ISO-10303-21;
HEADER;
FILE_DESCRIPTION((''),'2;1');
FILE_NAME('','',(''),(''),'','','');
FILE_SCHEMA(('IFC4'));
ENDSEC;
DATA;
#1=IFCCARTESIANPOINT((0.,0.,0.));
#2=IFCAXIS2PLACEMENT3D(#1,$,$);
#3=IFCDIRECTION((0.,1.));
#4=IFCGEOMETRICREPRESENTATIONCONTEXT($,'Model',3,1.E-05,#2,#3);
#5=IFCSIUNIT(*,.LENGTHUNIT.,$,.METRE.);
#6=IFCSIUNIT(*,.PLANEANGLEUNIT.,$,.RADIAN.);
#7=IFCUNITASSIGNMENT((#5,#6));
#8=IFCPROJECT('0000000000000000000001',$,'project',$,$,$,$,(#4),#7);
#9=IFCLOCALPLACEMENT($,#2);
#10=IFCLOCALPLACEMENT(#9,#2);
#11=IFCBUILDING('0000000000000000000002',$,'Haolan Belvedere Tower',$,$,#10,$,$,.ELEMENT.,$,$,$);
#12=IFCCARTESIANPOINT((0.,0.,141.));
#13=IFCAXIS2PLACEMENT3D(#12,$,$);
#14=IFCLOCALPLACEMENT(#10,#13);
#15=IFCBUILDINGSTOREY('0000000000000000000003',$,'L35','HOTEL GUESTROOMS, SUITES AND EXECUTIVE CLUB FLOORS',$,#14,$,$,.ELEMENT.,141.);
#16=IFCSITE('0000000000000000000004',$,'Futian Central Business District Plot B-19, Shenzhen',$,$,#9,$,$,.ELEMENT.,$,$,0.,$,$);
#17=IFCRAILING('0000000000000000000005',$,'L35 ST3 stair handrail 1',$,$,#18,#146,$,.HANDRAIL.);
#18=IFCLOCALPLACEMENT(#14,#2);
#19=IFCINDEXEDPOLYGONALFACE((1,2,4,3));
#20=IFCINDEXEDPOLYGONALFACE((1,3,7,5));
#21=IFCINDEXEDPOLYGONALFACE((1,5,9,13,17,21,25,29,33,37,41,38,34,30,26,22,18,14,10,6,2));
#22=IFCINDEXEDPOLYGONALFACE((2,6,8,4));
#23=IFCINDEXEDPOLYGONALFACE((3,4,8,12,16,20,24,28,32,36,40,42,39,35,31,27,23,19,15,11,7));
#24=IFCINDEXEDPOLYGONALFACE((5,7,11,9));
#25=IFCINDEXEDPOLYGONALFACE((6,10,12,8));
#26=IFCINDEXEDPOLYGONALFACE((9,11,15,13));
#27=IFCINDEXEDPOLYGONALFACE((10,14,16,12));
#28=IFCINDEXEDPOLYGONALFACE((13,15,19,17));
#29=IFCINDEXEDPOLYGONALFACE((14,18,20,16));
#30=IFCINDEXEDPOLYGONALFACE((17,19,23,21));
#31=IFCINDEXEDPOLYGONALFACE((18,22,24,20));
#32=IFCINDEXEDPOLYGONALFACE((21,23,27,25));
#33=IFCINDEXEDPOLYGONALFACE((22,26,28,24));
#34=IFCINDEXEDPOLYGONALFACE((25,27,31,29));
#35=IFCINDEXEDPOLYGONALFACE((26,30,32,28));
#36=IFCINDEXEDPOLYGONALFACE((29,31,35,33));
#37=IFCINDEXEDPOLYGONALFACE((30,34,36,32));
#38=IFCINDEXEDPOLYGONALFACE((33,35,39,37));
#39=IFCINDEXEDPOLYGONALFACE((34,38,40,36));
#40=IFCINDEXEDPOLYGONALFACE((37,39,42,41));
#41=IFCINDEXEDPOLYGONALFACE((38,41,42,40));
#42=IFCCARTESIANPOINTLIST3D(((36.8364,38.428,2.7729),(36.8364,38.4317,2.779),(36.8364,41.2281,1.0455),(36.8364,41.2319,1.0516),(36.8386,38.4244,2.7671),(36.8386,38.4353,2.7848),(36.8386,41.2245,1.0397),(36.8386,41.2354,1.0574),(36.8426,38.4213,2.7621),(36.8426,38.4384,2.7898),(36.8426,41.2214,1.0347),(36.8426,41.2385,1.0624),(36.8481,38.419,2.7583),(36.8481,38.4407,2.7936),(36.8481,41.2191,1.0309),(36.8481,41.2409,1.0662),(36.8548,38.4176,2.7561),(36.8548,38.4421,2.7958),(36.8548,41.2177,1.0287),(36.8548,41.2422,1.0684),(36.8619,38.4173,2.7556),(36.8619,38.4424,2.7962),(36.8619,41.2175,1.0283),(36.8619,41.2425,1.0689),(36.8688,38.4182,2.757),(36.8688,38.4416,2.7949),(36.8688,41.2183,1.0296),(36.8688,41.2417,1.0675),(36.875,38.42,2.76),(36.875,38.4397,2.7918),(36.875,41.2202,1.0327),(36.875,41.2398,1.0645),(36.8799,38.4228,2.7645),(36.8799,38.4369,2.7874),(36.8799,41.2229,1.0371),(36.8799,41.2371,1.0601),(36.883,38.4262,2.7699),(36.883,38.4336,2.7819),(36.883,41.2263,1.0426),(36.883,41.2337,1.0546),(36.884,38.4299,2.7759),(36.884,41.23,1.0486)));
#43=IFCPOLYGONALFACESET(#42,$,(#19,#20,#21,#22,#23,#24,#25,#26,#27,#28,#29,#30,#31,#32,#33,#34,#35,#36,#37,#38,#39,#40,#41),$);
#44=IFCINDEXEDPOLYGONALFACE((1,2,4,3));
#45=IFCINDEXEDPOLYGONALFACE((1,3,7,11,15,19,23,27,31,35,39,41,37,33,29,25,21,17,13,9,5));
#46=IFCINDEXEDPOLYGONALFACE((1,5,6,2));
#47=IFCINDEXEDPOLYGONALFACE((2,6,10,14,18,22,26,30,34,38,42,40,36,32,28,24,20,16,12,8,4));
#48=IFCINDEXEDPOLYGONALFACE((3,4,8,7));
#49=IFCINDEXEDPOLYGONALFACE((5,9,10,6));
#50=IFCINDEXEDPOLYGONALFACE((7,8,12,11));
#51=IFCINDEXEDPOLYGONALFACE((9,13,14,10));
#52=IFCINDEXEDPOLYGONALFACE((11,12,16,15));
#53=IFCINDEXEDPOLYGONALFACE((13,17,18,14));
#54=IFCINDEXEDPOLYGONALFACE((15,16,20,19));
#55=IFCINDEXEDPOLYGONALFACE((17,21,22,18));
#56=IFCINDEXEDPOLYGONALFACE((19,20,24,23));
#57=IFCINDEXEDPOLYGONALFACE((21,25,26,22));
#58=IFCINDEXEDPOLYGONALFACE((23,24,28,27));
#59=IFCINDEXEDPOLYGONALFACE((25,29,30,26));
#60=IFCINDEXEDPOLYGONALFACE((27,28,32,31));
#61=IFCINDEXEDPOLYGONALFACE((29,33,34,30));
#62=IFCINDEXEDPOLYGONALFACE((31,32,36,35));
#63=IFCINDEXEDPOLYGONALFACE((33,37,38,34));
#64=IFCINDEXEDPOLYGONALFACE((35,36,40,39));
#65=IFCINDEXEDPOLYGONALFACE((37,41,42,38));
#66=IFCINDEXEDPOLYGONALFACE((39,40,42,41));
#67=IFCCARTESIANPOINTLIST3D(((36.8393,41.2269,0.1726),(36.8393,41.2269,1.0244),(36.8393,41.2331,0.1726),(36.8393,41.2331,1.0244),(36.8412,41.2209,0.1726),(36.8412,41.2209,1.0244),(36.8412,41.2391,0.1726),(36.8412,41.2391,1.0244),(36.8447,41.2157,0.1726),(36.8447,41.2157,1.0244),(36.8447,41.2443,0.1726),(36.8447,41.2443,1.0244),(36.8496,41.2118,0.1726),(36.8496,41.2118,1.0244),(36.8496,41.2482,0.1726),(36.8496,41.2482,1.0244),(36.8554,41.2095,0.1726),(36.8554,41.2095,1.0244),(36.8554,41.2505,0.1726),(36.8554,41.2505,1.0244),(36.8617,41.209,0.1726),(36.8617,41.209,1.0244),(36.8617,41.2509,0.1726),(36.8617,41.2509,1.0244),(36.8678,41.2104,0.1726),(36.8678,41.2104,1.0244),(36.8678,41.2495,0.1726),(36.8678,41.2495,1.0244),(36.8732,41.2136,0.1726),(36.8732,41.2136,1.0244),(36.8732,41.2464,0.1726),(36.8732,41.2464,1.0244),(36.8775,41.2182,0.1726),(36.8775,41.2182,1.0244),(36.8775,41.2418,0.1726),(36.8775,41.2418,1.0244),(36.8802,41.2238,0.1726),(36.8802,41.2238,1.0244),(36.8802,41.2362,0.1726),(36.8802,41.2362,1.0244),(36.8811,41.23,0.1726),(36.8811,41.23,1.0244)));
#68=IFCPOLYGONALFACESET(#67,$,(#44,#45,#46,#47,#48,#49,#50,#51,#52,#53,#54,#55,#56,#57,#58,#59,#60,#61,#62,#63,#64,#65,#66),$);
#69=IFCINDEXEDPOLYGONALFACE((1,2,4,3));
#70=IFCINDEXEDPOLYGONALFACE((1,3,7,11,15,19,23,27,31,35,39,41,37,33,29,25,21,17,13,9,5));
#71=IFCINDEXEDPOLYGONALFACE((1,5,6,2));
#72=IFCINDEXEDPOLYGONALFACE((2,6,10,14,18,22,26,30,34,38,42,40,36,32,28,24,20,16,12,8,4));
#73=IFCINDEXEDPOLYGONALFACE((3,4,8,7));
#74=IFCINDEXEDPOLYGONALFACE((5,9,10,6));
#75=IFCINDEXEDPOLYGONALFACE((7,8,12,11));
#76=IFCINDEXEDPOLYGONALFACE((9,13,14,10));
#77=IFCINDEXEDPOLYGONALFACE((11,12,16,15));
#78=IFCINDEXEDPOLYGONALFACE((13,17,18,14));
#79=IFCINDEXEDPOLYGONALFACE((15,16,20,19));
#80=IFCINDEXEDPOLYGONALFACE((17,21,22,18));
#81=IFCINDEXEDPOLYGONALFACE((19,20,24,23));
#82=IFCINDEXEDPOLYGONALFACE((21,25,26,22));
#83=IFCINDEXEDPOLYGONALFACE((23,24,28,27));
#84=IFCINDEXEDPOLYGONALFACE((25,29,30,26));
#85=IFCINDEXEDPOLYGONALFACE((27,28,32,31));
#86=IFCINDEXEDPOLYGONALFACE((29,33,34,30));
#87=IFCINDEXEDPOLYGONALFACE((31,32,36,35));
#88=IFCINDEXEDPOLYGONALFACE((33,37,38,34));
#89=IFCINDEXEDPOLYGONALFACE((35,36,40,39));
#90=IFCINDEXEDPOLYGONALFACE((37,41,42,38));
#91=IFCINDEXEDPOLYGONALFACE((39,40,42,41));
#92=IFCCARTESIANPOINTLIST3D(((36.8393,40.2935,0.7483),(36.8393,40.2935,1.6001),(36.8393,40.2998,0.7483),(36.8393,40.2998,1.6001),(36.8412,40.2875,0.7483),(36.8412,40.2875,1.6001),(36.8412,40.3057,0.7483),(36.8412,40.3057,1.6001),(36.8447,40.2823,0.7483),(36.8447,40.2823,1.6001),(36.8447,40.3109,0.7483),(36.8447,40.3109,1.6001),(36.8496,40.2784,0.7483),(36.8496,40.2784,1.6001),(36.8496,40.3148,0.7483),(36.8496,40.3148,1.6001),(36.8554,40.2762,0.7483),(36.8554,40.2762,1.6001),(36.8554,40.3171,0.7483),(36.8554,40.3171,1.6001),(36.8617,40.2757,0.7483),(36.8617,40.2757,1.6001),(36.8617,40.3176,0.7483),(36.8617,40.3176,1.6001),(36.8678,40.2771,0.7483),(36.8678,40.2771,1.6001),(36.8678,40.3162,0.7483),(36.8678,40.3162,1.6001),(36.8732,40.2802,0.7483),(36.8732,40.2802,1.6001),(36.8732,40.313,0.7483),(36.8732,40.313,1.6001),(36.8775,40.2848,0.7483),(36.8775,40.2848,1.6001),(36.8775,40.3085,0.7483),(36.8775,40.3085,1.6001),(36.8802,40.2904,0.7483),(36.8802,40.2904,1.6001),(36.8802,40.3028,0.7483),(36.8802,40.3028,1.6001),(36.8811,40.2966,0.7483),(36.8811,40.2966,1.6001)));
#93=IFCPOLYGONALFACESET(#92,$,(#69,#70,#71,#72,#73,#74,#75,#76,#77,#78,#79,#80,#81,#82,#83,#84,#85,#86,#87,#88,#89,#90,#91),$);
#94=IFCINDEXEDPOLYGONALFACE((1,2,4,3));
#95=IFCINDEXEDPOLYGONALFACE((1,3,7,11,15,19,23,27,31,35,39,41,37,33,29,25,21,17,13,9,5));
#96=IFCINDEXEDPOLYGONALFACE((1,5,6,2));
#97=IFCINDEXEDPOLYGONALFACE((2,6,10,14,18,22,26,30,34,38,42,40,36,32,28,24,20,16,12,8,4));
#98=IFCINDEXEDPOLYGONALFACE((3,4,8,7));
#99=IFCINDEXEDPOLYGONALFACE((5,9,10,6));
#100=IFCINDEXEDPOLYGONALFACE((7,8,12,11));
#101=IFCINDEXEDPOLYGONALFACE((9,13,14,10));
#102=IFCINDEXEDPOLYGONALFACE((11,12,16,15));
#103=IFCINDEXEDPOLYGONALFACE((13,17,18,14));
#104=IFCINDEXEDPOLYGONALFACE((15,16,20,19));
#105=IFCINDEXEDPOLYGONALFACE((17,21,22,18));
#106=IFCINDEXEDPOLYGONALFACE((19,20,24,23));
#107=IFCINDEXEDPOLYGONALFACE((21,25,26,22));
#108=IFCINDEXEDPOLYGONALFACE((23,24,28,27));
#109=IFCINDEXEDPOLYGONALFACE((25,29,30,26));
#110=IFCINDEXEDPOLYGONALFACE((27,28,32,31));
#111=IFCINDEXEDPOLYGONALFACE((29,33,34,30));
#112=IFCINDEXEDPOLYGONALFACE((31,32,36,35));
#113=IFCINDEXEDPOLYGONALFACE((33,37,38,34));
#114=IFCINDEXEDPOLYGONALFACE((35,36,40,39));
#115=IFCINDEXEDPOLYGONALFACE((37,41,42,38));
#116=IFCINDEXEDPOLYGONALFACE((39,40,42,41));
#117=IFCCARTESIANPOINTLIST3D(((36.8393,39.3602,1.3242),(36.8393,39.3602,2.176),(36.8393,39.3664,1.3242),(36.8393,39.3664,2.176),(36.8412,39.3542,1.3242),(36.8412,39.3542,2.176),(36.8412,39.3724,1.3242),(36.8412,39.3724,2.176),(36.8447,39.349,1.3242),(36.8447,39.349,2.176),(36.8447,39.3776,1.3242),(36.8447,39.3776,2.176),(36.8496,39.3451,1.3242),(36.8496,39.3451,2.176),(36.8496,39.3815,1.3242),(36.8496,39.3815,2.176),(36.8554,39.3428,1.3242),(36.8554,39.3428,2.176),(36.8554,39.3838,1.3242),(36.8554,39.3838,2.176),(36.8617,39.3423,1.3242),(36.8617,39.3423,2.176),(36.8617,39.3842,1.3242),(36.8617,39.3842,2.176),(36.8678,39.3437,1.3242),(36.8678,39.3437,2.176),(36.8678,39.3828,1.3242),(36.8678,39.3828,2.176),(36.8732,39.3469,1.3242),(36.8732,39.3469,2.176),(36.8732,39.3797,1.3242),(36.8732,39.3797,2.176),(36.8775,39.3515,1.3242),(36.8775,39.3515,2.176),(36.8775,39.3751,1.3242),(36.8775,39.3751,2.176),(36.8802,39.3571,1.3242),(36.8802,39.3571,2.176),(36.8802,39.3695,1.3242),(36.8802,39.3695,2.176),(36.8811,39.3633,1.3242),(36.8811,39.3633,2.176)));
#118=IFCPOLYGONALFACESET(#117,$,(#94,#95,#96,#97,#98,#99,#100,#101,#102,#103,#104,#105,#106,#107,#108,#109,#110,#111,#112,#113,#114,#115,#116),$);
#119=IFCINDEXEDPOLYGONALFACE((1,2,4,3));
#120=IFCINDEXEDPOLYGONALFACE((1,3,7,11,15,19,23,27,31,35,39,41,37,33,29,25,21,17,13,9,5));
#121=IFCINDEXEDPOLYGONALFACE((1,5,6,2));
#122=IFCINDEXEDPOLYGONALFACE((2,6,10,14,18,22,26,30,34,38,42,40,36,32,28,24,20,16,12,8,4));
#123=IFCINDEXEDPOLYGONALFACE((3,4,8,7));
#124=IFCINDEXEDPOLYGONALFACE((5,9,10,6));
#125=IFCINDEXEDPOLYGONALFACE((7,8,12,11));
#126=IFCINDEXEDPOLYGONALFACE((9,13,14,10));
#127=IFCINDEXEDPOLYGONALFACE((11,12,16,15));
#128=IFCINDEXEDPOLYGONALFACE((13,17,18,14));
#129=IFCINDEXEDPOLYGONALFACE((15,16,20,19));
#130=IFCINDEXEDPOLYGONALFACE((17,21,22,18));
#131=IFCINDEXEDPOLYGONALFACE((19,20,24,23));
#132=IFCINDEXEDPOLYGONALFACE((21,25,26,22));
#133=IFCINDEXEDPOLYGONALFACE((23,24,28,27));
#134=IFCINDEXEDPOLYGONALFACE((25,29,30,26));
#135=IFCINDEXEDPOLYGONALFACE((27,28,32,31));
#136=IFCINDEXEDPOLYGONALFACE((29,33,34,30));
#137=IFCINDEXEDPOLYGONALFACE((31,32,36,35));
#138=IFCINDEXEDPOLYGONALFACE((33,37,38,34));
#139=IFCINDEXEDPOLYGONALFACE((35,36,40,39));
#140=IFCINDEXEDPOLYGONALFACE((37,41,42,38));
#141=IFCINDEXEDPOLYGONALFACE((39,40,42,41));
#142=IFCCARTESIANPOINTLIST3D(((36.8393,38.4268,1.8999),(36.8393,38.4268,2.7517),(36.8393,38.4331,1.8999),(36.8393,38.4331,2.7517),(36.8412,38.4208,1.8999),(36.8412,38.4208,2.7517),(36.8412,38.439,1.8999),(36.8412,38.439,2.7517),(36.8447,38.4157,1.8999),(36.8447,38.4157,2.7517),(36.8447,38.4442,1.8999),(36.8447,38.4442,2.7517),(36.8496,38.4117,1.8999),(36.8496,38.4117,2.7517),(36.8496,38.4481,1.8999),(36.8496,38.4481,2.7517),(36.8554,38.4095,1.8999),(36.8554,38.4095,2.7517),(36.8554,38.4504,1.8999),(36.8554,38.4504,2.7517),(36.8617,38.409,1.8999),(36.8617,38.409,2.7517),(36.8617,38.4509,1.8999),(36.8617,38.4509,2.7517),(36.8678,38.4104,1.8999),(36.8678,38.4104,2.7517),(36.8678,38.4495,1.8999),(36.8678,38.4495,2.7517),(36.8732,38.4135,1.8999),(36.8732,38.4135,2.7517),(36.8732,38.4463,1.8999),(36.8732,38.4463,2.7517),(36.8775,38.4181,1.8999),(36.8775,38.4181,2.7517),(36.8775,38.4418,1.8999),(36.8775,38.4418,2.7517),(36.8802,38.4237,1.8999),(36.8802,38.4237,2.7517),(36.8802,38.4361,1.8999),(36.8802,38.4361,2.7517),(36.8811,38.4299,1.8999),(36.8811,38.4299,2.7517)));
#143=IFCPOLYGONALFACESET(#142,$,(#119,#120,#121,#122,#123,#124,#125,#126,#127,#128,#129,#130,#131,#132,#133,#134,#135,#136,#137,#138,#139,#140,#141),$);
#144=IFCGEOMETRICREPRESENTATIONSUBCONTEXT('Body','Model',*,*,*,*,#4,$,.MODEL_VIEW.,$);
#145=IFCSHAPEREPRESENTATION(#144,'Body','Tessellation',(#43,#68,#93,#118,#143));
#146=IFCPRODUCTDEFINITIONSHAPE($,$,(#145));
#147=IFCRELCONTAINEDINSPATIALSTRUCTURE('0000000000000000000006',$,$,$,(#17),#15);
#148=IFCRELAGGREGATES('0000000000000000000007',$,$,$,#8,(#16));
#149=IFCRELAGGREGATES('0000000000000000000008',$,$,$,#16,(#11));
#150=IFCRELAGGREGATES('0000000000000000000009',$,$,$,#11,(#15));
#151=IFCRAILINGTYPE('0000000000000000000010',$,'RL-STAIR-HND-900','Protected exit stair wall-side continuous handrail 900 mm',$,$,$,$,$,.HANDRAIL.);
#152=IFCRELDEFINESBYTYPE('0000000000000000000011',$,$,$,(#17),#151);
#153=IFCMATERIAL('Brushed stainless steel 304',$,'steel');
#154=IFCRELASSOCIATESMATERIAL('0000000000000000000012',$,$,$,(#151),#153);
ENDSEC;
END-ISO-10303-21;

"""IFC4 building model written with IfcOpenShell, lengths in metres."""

from ifc_helpers import new_model, si_unit, direction, frame, origin, origin_2d, place, context, subcontext, project, spatial, circle, extrude, material, type_object, element, save


model = new_model("IFC4")

# Units and contexts
model_context = context("Model", 3, precision=1e-05, world=origin(), true_north=direction((0.0, 1.0)))
body_context = subcontext(model_context, "Body", "Model", "MODEL_VIEW")
ifc_project = project(units=[si_unit("LENGTHUNIT", "METRE"), si_unit("PLANEANGLEUNIT", "RADIAN")], contexts=[model_context])

# Site, building, storey
site_placement = place(None, origin())
site = spatial("IfcSite", under=ifc_project, at=site_placement, Name="Futian Central Business District Plot B-19, Shenzhen", CompositionType="ELEMENT", RefElevation=0.0)
building_placement = place(site_placement, origin())
building = spatial("IfcBuilding", under=site, at=building_placement, Name="Haolan Belvedere Tower", CompositionType="ELEMENT")
storey_placement = place(building_placement, frame((0.0, 0.0, 141.0)))
storey = spatial("IfcBuildingStorey", under=building, at=storey_placement, Name="L35", Description="HOTEL GUESTROOMS, SUITES AND EXECUTIVE CLUB FLOORS", CompositionType="ELEMENT", Elevation=141.0)

# Railing
ifc_material_1 = material(Name="Brushed stainless steel 304", Category="steel")
railing_type_1 = type_object("IfcRailingType", Name="RL-STAIR-HND-900", Description="Protected exit stair wall-side continuous handrail 900 mm", PredefinedType="HANDRAIL", material=ifc_material_1)
railing_1_placement = place(storey_placement, frame((36.8601, 41.23, 0.1726)))
element("IfcRailing", 1, at=railing_1_placement, inside=storey, type_object=railing_type_1, Name="L35 ST3 stair handrail 1", PredefinedType="HANDRAIL", context=body_context, shape_type="SweptSolid", body=[
    extrude(circle(Radius=0.0239, at=origin_2d()), frame((0.0, 0.0, 0.876), z_axis=(0.0, -0.85109, 0.52502), x_axis=(1.0, 0.0, 0.0)), (0.0, 0.0, 1.0), 3.29),
    extrude(circle(Radius=0.021, at=origin_2d()), origin(), (0.0, 0.0, 1.0), 0.8518),
    extrude(circle(Radius=0.021, at=origin_2d()), frame((0.0, -0.9333, 0.5757)), (0.0, 0.0, 1.0), 0.8518),
    extrude(circle(Radius=0.021, at=origin_2d()), frame((0.0, -1.8667, 1.1516)), (0.0, 0.0, 1.0), 0.8518),
    extrude(circle(Radius=0.021, at=origin_2d()), frame((0.0, -2.8, 1.7273)), (0.0, 0.0, 1.0), 0.8518),
])

save(model, "model.ifc")
